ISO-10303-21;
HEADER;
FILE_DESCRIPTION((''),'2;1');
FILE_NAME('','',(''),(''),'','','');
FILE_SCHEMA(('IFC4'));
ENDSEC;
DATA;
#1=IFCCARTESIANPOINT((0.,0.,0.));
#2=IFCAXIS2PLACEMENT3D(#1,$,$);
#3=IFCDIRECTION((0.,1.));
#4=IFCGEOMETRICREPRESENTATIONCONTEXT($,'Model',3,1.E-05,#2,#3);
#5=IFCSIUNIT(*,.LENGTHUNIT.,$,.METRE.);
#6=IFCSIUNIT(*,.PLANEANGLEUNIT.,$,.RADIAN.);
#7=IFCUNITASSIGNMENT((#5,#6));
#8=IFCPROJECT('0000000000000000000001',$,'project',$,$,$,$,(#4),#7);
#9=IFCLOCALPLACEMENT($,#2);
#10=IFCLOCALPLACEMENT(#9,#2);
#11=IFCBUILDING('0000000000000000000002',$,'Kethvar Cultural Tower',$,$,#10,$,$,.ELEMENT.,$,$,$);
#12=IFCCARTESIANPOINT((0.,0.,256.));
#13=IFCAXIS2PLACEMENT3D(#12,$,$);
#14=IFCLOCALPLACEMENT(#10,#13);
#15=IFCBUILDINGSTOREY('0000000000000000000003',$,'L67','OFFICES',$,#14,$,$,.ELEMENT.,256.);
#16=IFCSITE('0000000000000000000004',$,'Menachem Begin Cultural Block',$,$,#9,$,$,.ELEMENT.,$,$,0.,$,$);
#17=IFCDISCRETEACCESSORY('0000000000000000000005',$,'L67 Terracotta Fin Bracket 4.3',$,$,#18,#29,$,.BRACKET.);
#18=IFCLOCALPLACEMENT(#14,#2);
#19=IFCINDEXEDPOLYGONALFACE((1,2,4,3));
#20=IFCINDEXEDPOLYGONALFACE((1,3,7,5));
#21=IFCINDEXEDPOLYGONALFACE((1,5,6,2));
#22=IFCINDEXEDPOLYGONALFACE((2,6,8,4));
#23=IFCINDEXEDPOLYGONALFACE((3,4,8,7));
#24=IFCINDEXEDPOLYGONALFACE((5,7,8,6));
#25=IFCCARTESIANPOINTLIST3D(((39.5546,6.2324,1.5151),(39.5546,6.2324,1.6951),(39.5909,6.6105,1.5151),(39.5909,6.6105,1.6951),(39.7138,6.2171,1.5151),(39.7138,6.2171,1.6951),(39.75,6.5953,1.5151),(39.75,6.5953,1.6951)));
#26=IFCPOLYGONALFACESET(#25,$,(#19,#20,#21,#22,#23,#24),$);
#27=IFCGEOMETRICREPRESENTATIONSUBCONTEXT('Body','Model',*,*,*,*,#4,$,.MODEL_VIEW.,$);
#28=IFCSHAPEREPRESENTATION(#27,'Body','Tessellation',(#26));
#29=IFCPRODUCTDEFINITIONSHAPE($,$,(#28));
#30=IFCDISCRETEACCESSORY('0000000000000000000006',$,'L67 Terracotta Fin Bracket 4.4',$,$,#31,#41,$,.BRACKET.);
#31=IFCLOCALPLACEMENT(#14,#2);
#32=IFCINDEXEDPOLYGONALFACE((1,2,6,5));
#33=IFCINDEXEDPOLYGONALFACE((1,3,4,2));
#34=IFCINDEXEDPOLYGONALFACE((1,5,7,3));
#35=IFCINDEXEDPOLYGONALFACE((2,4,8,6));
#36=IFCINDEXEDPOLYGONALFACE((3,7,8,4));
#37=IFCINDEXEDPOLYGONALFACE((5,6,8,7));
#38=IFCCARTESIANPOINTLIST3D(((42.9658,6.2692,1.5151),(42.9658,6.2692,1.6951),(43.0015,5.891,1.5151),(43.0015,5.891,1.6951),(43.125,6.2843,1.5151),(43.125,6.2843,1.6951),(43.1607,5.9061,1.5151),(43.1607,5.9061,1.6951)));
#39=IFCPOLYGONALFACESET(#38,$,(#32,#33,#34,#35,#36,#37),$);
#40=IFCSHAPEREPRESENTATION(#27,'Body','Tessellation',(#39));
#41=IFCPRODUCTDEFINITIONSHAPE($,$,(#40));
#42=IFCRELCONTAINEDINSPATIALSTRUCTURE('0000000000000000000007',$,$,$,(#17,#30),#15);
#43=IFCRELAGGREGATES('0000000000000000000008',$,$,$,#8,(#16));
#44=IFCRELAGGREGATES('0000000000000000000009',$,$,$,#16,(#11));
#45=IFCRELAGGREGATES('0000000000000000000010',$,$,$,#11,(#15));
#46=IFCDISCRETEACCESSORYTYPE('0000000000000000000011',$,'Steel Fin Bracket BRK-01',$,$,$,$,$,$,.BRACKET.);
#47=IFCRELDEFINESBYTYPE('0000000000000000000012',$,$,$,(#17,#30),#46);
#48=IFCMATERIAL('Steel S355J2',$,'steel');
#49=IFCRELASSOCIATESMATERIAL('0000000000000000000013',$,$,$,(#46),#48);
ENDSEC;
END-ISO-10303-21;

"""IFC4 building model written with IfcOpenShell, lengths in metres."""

from ifc_helpers import new_model, si_unit, direction, frame, origin, origin_2d, place, context, subcontext, project, spatial, rectangle, extrude, source, transform, mapped, material, type_object, element, save


model = new_model("IFC4")

# Units and contexts
model_context = context("Model", 3, precision=1e-05, world=origin(), true_north=direction((0.0, 1.0)))
body_context = subcontext(model_context, "Body", "Model", "MODEL_VIEW")
ifc_project = project(units=[si_unit("LENGTHUNIT", "METRE"), si_unit("PLANEANGLEUNIT", "RADIAN")], contexts=[model_context])

# Site, building, storey
site_placement = place(None, origin())
site = spatial("IfcSite", under=ifc_project, at=site_placement, Name="Menachem Begin Cultural Block", CompositionType="ELEMENT", RefElevation=0.0)
building_placement = place(site_placement, origin())
building = spatial("IfcBuilding", under=site, at=building_placement, Name="Kethvar Cultural Tower", CompositionType="ELEMENT")
storey_placement = place(building_placement, frame((0.0, 0.0, 256.0)))
storey = spatial("IfcBuildingStorey", under=building, at=storey_placement, Name="L67", Description="OFFICES", CompositionType="ELEMENT", Elevation=256.0)

# Shared definitions
ifc_material_1 = material(Name="Steel S355J2", Category="steel")

# Discrete accessories
discrete_accessory_type = type_object("IfcDiscreteAccessoryType", Name="Steel Fin Bracket BRK-01", PredefinedType="BRACKET", material=ifc_material_1)
shared_shape_1 = source(origin(), body_context, "Body", "SweptSolid", [
    extrude(rectangle(XDim=0.3799, YDim=0.1599, at=origin_2d()), origin(), (0.0, 0.0, 1.0), 0.1799),
])
for number, where, z_axis, x_axis, name in (
    (1, (39.6523, 6.4138, 1.5151), (0.0, 0.0, 1.0), (-0.095325, -0.995446, 0.0), "L67 Terracotta Fin Bracket 4.3"),
    (2, (43.0632, 6.0876, 1.5151), (0.0, 0.0, 1.0), (0.094108, -0.995562, 0.0), "L67 Terracotta Fin Bracket 4.4"),
):
    element("IfcDiscreteAccessory", number, at=place(storey_placement, frame(where, z_axis=z_axis, x_axis=x_axis)), inside=storey, type_object=discrete_accessory_type, Name=name, PredefinedType="BRACKET", context=body_context, shape_type="MappedRepresentation", body=[
        mapped(shared_shape_1, transform((0.0, 0.0, 0.0), scale=1.0)),
    ])

save(model, "model.ifc")
